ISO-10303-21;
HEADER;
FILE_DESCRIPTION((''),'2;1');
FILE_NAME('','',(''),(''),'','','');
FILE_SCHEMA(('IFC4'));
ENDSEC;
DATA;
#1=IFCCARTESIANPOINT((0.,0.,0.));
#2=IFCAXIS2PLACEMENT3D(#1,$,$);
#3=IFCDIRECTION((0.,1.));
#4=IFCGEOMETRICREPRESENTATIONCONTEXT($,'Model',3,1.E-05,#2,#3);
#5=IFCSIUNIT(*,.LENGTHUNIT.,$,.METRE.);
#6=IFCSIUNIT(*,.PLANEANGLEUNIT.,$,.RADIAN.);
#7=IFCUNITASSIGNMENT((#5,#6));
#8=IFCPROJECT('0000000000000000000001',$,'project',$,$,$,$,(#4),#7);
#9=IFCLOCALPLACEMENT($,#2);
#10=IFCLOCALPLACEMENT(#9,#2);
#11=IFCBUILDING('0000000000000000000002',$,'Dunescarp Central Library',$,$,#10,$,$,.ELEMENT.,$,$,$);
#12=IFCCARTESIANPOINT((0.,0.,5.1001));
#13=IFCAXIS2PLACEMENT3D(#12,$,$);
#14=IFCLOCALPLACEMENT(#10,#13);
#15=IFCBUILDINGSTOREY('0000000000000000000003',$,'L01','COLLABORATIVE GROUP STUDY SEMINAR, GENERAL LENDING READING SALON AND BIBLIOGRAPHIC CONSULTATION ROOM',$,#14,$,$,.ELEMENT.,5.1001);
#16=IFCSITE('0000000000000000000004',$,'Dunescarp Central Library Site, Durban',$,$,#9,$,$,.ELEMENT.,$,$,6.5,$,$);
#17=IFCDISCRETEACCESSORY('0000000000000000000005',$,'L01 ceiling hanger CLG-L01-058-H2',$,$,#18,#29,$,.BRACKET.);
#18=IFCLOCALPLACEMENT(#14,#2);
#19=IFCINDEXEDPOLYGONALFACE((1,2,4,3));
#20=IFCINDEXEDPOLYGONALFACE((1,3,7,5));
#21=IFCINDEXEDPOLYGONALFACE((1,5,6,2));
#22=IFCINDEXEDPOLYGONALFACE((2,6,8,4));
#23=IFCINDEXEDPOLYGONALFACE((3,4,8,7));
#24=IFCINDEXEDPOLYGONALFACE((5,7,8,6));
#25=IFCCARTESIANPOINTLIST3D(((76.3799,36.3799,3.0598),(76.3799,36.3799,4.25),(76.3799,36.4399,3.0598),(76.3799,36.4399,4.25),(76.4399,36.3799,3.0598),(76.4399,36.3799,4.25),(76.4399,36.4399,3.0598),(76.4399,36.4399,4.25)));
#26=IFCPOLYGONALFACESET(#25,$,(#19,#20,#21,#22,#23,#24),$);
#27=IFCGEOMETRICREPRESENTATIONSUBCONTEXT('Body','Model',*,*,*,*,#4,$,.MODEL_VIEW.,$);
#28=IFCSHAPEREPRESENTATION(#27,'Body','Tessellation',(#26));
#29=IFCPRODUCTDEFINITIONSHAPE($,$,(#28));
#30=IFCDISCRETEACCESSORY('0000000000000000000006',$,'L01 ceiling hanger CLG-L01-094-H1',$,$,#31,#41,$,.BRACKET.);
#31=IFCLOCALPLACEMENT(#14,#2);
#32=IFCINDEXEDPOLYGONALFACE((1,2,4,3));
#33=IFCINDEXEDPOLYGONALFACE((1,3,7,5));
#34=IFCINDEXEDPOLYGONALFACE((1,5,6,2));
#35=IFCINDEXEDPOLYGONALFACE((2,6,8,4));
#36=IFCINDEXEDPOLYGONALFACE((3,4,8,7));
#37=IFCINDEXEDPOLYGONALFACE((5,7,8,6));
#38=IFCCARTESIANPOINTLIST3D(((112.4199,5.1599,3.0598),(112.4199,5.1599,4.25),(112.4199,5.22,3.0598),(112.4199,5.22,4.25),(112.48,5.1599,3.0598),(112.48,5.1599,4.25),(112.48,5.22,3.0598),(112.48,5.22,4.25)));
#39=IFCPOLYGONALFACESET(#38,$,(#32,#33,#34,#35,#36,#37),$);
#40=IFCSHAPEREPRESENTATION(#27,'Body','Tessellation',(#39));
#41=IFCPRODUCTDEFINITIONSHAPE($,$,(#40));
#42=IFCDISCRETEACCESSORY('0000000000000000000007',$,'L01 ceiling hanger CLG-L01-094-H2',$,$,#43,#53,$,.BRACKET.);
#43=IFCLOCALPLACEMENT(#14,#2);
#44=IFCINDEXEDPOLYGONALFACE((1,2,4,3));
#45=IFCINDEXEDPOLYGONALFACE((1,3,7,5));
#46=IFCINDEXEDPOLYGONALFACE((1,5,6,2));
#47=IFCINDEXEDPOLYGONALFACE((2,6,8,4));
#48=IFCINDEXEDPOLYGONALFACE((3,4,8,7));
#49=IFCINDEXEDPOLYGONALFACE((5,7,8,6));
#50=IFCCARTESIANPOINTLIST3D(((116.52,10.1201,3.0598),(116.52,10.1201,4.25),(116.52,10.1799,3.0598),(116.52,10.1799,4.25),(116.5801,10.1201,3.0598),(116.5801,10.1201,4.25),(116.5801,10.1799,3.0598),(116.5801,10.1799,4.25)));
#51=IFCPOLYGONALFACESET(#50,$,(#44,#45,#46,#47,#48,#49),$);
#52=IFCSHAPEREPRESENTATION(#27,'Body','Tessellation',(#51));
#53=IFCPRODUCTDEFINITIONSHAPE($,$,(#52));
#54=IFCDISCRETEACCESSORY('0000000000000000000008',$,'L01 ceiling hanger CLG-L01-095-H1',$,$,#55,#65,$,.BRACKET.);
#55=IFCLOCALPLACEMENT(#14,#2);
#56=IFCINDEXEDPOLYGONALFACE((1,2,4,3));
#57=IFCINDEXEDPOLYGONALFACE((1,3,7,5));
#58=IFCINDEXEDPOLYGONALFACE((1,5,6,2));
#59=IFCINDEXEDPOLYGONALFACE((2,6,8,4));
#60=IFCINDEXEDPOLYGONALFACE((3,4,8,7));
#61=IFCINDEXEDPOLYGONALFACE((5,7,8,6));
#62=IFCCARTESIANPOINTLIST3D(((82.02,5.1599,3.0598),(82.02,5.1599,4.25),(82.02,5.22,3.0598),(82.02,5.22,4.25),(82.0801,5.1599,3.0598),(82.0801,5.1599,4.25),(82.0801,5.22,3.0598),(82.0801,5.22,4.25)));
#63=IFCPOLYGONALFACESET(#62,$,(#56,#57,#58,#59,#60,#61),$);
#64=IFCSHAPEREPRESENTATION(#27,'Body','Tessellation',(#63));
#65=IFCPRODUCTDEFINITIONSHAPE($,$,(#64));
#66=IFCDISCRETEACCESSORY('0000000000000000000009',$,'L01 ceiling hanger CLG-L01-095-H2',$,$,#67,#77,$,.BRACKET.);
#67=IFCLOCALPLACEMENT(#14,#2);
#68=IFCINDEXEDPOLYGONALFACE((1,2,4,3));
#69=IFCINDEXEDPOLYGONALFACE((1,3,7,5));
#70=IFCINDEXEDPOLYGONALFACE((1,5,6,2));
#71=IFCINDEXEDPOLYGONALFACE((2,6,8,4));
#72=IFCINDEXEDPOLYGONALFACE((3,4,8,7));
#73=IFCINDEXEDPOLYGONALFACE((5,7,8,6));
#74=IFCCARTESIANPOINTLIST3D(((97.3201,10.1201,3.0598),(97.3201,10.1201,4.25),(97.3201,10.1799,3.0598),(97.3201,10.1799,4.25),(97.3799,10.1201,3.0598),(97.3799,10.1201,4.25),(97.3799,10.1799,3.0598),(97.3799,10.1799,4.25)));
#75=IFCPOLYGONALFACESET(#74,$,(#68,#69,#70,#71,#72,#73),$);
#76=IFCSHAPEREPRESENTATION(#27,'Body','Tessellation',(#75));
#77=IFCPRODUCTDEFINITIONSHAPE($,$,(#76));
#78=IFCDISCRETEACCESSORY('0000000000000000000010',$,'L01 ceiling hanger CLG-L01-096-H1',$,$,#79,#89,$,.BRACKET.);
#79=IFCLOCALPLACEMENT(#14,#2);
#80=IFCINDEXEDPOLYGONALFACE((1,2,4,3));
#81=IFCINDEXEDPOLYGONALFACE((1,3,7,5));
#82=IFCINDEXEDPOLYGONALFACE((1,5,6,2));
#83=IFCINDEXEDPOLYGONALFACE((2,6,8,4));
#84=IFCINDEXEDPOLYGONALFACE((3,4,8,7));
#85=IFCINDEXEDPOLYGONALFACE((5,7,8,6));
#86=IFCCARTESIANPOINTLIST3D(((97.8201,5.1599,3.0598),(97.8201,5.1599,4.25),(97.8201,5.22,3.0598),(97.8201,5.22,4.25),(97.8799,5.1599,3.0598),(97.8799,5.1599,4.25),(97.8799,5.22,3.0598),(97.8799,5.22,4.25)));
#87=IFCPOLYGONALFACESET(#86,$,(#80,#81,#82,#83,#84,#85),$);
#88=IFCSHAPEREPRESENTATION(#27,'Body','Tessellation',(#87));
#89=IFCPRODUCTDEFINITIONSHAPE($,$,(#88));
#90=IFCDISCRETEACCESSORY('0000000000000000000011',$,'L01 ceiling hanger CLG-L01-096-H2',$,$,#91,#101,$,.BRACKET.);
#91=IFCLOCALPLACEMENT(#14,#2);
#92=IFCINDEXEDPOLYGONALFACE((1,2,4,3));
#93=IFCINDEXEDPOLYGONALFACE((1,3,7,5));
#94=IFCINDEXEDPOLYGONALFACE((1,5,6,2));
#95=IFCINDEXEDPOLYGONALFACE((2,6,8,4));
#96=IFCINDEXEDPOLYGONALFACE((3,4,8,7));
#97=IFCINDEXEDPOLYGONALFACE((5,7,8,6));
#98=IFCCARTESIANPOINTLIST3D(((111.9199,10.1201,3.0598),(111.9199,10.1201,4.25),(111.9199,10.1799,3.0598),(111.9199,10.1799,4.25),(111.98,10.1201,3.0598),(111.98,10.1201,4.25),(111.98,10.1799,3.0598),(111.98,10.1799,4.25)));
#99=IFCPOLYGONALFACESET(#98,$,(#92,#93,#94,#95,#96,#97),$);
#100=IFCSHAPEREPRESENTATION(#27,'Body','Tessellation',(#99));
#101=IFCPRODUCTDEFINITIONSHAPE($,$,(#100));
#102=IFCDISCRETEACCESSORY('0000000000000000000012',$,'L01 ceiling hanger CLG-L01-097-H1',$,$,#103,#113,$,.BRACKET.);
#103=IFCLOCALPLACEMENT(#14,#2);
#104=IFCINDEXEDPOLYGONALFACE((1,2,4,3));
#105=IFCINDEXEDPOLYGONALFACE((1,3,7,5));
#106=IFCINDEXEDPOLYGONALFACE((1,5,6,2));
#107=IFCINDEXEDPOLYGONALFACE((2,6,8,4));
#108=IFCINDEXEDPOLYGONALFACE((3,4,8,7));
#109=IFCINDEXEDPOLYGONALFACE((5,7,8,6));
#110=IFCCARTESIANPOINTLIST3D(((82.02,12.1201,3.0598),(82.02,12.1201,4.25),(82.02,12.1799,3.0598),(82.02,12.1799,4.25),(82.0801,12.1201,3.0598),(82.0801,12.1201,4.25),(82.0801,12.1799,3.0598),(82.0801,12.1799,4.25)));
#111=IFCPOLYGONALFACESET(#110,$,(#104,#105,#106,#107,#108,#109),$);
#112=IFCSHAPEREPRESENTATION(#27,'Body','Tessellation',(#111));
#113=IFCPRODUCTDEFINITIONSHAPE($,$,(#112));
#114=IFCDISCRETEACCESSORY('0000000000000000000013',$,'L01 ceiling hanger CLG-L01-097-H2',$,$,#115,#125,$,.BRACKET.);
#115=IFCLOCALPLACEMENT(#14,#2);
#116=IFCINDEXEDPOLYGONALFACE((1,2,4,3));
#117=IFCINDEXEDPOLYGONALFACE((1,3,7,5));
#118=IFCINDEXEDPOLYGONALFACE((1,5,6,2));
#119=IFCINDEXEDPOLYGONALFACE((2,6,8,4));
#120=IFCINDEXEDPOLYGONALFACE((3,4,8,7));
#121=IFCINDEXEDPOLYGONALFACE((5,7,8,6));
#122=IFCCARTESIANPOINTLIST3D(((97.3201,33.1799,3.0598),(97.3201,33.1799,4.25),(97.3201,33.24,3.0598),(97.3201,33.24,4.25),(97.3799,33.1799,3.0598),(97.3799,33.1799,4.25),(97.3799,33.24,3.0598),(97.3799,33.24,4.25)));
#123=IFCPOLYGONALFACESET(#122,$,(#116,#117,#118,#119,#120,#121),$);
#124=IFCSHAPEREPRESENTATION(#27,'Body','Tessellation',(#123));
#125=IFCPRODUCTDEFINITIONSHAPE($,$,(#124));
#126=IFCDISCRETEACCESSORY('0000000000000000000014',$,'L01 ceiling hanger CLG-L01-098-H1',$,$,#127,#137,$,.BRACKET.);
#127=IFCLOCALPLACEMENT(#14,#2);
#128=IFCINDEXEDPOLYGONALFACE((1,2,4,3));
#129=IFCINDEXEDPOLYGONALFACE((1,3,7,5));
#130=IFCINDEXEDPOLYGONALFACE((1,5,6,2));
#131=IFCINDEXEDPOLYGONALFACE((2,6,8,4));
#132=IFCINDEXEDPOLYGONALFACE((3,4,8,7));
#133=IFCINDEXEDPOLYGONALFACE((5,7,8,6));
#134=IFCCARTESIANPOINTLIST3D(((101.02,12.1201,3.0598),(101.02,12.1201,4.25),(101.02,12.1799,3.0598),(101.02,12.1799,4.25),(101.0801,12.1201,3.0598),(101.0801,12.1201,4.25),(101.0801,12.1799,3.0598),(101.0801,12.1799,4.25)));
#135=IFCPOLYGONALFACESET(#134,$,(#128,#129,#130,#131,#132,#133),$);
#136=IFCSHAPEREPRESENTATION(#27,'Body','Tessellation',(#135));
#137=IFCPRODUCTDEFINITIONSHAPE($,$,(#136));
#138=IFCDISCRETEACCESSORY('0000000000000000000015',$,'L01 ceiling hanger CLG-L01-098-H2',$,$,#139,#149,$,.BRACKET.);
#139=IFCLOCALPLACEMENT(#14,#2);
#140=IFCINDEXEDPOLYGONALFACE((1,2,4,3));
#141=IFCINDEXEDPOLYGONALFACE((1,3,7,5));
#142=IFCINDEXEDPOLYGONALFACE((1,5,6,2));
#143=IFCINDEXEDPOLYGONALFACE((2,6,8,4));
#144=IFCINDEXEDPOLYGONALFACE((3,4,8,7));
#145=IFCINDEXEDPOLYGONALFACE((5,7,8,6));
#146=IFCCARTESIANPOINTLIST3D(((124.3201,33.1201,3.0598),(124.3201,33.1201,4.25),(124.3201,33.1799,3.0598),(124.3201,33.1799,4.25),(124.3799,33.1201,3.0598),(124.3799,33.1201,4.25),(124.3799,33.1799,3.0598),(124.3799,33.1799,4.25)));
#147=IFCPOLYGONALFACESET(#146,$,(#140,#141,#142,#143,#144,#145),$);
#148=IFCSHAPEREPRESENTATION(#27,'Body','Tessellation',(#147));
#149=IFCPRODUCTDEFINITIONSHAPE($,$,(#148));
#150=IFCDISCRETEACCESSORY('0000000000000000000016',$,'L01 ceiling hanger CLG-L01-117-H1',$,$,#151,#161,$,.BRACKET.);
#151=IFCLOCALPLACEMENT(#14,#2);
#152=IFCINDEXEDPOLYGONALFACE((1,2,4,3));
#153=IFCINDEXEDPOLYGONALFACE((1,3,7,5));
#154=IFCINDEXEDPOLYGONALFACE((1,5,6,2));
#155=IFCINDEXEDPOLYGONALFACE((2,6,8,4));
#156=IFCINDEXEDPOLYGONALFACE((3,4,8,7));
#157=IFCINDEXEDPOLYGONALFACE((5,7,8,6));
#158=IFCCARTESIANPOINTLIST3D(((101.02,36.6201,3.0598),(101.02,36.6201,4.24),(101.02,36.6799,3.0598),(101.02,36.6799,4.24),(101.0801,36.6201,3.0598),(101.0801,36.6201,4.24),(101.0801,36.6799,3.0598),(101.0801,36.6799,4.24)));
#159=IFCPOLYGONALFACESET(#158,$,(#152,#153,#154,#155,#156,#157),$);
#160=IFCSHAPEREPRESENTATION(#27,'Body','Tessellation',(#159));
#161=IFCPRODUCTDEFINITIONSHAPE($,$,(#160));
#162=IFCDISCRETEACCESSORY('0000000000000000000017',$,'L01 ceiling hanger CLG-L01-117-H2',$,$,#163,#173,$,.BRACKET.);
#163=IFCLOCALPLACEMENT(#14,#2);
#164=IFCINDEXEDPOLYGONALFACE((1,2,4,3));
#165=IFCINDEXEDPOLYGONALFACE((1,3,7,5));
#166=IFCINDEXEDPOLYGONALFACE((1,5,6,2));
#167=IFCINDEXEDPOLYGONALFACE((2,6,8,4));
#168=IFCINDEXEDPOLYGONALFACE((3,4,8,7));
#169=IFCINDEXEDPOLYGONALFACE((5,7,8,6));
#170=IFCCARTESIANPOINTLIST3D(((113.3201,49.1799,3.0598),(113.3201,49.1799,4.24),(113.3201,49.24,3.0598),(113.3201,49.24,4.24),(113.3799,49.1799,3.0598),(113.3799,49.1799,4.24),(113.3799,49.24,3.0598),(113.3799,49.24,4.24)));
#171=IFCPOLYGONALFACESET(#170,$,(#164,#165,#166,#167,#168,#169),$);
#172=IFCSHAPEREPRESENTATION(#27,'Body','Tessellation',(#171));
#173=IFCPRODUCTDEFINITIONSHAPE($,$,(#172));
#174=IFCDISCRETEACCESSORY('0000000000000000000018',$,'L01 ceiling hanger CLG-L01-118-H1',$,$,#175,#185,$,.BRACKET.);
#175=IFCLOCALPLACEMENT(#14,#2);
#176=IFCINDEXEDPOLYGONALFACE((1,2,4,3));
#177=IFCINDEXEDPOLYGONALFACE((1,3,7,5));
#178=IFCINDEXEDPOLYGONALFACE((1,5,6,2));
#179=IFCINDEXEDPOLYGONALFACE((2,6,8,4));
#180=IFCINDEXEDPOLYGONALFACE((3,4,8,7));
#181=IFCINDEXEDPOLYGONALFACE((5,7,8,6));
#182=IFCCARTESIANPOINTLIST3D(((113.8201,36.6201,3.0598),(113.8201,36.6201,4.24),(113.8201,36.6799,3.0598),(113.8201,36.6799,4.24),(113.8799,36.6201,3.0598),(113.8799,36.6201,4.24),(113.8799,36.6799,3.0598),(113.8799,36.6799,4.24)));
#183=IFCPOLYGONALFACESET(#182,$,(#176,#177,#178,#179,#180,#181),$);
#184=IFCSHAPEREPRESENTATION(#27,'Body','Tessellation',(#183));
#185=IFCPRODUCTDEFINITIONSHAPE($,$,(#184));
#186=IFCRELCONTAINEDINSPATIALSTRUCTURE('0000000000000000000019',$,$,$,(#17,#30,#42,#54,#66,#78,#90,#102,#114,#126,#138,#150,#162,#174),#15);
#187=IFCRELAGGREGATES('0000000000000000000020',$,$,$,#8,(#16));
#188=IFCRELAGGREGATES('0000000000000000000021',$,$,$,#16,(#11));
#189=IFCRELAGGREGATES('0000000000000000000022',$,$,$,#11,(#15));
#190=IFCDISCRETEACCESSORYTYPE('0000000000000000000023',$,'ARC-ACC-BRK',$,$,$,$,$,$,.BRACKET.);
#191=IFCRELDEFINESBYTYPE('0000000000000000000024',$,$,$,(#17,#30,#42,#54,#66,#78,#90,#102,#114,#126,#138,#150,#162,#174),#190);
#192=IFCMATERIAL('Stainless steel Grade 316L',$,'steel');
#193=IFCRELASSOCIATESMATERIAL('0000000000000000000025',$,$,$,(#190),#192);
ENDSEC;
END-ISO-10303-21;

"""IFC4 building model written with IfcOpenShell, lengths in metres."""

from ifc_helpers import new_model, si_unit, direction, frame, origin, place, context, subcontext, project, spatial, polyline, outline, extrude, material, type_object, element, save


model = new_model("IFC4")

# Units and contexts
model_context = context("Model", 3, precision=1e-05, world=origin(), true_north=direction((0.0, 1.0)))
body_context = subcontext(model_context, "Body", "Model", "MODEL_VIEW")
ifc_project = project(units=[si_unit("LENGTHUNIT", "METRE"), si_unit("PLANEANGLEUNIT", "RADIAN")], contexts=[model_context])

# Site, building, storey
site_placement = place(None, origin())
site = spatial("IfcSite", under=ifc_project, at=site_placement, Name="Dunescarp Central Library Site, Durban", CompositionType="ELEMENT", RefElevation=6.5)
building_placement = place(site_placement, origin())
building = spatial("IfcBuilding", under=site, at=building_placement, Name="Dunescarp Central Library", CompositionType="ELEMENT")
storey_placement = place(building_placement, frame((0.0, 0.0, 5.1001)))
storey = spatial("IfcBuildingStorey", under=building, at=storey_placement, Name="L01", Description="COLLABORATIVE GROUP STUDY SEMINAR, GENERAL LENDING READING SALON AND BIBLIOGRAPHIC CONSULTATION ROOM", CompositionType="ELEMENT", Elevation=5.1001)

# Discrete accessories
ifc_material = material(Name="Stainless steel Grade 316L", Category="steel")
discrete_accessory_type = type_object("IfcDiscreteAccessoryType", Name="ARC-ACC-BRK", PredefinedType="BRACKET", material=ifc_material)
discrete_accessory_1_placement = place(storey_placement, frame((0.0, 0.0, 3.0598)))
element("IfcDiscreteAccessory", 1, at=discrete_accessory_1_placement, inside=storey, type_object=discrete_accessory_type, Name="L01 ceiling hanger CLG-L01-058-H2", PredefinedType="BRACKET", context=body_context, shape_type="SweptSolid", body=[
    extrude(outline(polyline([(76.3799, 36.3799), (76.4399, 36.3799), (76.4399, 36.4399), (76.3799, 36.4399), (76.3799, 36.3799)])), origin(), (0.0, 0.0, 1.0), 1.1902),
])
discrete_accessory_2_placement = place(storey_placement, frame((0.0, 0.0, 3.0598)))
element("IfcDiscreteAccessory", 2, at=discrete_accessory_2_placement, inside=storey, type_object=discrete_accessory_type, Name="L01 ceiling hanger CLG-L01-094-H1", PredefinedType="BRACKET", context=body_context, shape_type="SweptSolid", body=[
    extrude(outline(polyline([(112.4199, 5.1599), (112.48, 5.1599), (112.48, 5.22), (112.4199, 5.22), (112.4199, 5.1599)])), origin(), (0.0, 0.0, 1.0), 1.1902),
])
discrete_accessory_3_placement = place(storey_placement, frame((0.0, 0.0, 3.0598)))
element("IfcDiscreteAccessory", 3, at=discrete_accessory_3_placement, inside=storey, type_object=discrete_accessory_type, Name="L01 ceiling hanger CLG-L01-094-H2", PredefinedType="BRACKET", context=body_context, shape_type="SweptSolid", body=[
    extrude(outline(polyline([(116.52, 10.1201), (116.5801, 10.1201), (116.5801, 10.1799), (116.52, 10.1799), (116.52, 10.1201)])), origin(), (0.0, 0.0, 1.0), 1.1902),
])
discrete_accessory_4_placement = place(storey_placement, frame((0.0, 0.0, 3.0598)))
element("IfcDiscreteAccessory", 4, at=discrete_accessory_4_placement, inside=storey, type_object=discrete_accessory_type, Name="L01 ceiling hanger CLG-L01-095-H1", PredefinedType="BRACKET", context=body_context, shape_type="SweptSolid", body=[
    extrude(outline(polyline([(82.02, 5.1599), (82.0801, 5.1599), (82.0801, 5.22), (82.02, 5.22), (82.02, 5.1599)])), origin(), (0.0, 0.0, 1.0), 1.1902),
])
discrete_accessory_5_placement = place(storey_placement, frame((0.0, 0.0, 3.0598)))
element("IfcDiscreteAccessory", 5, at=discrete_accessory_5_placement, inside=storey, type_object=discrete_accessory_type, Name="L01 ceiling hanger CLG-L01-095-H2", PredefinedType="BRACKET", context=body_context, shape_type="SweptSolid", body=[
    extrude(outline(polyline([(97.3201, 10.1201), (97.3799, 10.1201), (97.3799, 10.1799), (97.3201, 10.1799), (97.3201, 10.1201)])), origin(), (0.0, 0.0, 1.0), 1.1902),
])
discrete_accessory_6_placement = place(storey_placement, frame((0.0, 0.0, 3.0598)))
element("IfcDiscreteAccessory", 6, at=discrete_accessory_6_placement, inside=storey, type_object=discrete_accessory_type, Name="L01 ceiling hanger CLG-L01-096-H1", PredefinedType="BRACKET", context=body_context, shape_type="SweptSolid", body=[
    extrude(outline(polyline([(97.8201, 5.1599), (97.8799, 5.1599), (97.8799, 5.22), (97.8201, 5.22), (97.8201, 5.1599)])), origin(), (0.0, 0.0, 1.0), 1.1902),
])
discrete_accessory_7_placement = place(storey_placement, frame((0.0, 0.0, 3.0598)))
element("IfcDiscreteAccessory", 7, at=discrete_accessory_7_placement, inside=storey, type_object=discrete_accessory_type, Name="L01 ceiling hanger CLG-L01-096-H2", PredefinedType="BRACKET", context=body_context, shape_type="SweptSolid", body=[
    extrude(outline(polyline([(111.9199, 10.1201), (111.98, 10.1201), (111.98, 10.1799), (111.9199, 10.1799), (111.9199, 10.1201)])), origin(), (0.0, 0.0, 1.0), 1.1902),
])
discrete_accessory_8_placement = place(storey_placement, frame((0.0, 0.0, 3.0598)))
element("IfcDiscreteAccessory", 8, at=discrete_accessory_8_placement, inside=storey, type_object=discrete_accessory_type, Name="L01 ceiling hanger CLG-L01-097-H1", PredefinedType="BRACKET", context=body_context, shape_type="SweptSolid", body=[
    extrude(outline(polyline([(82.02, 12.1201), (82.0801, 12.1201), (82.0801, 12.1799), (82.02, 12.1799), (82.02, 12.1201)])), origin(), (0.0, 0.0, 1.0), 1.1902),
])
discrete_accessory_9_placement = place(storey_placement, frame((0.0, 0.0, 3.0598)))
element("IfcDiscreteAccessory", 9, at=discrete_accessory_9_placement, inside=storey, type_object=discrete_accessory_type, Name="L01 ceiling hanger CLG-L01-097-H2", PredefinedType="BRACKET", context=body_context, shape_type="SweptSolid", body=[
    extrude(outline(polyline([(97.3201, 33.1799), (97.3799, 33.1799), (97.3799, 33.24), (97.3201, 33.24), (97.3201, 33.1799)])), origin(), (0.0, 0.0, 1.0), 1.1902),
])
discrete_accessory_10_placement = place(storey_placement, frame((0.0, 0.0, 3.0598)))
element("IfcDiscreteAccessory", 10, at=discrete_accessory_10_placement, inside=storey, type_object=discrete_accessory_type, Name="L01 ceiling hanger CLG-L01-098-H1", PredefinedType="BRACKET", context=body_context, shape_type="SweptSolid", body=[
    extrude(outline(polyline([(101.02, 12.1201), (101.0801, 12.1201), (101.0801, 12.1799), (101.02, 12.1799), (101.02, 12.1201)])), origin(), (0.0, 0.0, 1.0), 1.1902),
])
discrete_accessory_11_placement = place(storey_placement, frame((0.0, 0.0, 3.0598)))
element("IfcDiscreteAccessory", 11, at=discrete_accessory_11_placement, inside=storey, type_object=discrete_accessory_type, Name="L01 ceiling hanger CLG-L01-098-H2", PredefinedType="BRACKET", context=body_context, shape_type="SweptSolid", body=[
    extrude(outline(polyline([(124.3201, 33.1201), (124.3799, 33.1201), (124.3799, 33.1799), (124.3201, 33.1799), (124.3201, 33.1201)])), origin(), (0.0, 0.0, 1.0), 1.1902),
])
discrete_accessory_12_placement = place(storey_placement, frame((0.0, 0.0, 3.0598)))
element("IfcDiscreteAccessory", 12, at=discrete_accessory_12_placement, inside=storey, type_object=discrete_accessory_type, Name="L01 ceiling hanger CLG-L01-117-H1", PredefinedType="BRACKET", context=body_context, shape_type="SweptSolid", body=[
    extrude(outline(polyline([(101.02, 36.6201), (101.0801, 36.6201), (101.0801, 36.6799), (101.02, 36.6799), (101.02, 36.6201)])), origin(), (0.0, 0.0, 1.0), 1.1802),
])
discrete_accessory_13_placement = place(storey_placement, frame((0.0, 0.0, 3.0598)))
element("IfcDiscreteAccessory", 13, at=discrete_accessory_13_placement, inside=storey, type_object=discrete_accessory_type, Name="L01 ceiling hanger CLG-L01-117-H2", PredefinedType="BRACKET", context=body_context, shape_type="SweptSolid", body=[
    extrude(outline(polyline([(113.3201, 49.1799), (113.3799, 49.1799), (113.3799, 49.24), (113.3201, 49.24), (113.3201, 49.1799)])), origin(), (0.0, 0.0, 1.0), 1.1802),
])
discrete_accessory_14_placement = place(storey_placement, frame((0.0, 0.0, 3.0598)))
element("IfcDiscreteAccessory", 14, at=discrete_accessory_14_placement, inside=storey, type_object=discrete_accessory_type, Name="L01 ceiling hanger CLG-L01-118-H1", PredefinedType="BRACKET", context=body_context, shape_type="SweptSolid", body=[
    extrude(outline(polyline([(113.8201, 36.6201), (113.8799, 36.6201), (113.8799, 36.6799), (113.8201, 36.6799), (113.8201, 36.6201)])), origin(), (0.0, 0.0, 1.0), 1.1802),
])

save(model, "model.ifc")
